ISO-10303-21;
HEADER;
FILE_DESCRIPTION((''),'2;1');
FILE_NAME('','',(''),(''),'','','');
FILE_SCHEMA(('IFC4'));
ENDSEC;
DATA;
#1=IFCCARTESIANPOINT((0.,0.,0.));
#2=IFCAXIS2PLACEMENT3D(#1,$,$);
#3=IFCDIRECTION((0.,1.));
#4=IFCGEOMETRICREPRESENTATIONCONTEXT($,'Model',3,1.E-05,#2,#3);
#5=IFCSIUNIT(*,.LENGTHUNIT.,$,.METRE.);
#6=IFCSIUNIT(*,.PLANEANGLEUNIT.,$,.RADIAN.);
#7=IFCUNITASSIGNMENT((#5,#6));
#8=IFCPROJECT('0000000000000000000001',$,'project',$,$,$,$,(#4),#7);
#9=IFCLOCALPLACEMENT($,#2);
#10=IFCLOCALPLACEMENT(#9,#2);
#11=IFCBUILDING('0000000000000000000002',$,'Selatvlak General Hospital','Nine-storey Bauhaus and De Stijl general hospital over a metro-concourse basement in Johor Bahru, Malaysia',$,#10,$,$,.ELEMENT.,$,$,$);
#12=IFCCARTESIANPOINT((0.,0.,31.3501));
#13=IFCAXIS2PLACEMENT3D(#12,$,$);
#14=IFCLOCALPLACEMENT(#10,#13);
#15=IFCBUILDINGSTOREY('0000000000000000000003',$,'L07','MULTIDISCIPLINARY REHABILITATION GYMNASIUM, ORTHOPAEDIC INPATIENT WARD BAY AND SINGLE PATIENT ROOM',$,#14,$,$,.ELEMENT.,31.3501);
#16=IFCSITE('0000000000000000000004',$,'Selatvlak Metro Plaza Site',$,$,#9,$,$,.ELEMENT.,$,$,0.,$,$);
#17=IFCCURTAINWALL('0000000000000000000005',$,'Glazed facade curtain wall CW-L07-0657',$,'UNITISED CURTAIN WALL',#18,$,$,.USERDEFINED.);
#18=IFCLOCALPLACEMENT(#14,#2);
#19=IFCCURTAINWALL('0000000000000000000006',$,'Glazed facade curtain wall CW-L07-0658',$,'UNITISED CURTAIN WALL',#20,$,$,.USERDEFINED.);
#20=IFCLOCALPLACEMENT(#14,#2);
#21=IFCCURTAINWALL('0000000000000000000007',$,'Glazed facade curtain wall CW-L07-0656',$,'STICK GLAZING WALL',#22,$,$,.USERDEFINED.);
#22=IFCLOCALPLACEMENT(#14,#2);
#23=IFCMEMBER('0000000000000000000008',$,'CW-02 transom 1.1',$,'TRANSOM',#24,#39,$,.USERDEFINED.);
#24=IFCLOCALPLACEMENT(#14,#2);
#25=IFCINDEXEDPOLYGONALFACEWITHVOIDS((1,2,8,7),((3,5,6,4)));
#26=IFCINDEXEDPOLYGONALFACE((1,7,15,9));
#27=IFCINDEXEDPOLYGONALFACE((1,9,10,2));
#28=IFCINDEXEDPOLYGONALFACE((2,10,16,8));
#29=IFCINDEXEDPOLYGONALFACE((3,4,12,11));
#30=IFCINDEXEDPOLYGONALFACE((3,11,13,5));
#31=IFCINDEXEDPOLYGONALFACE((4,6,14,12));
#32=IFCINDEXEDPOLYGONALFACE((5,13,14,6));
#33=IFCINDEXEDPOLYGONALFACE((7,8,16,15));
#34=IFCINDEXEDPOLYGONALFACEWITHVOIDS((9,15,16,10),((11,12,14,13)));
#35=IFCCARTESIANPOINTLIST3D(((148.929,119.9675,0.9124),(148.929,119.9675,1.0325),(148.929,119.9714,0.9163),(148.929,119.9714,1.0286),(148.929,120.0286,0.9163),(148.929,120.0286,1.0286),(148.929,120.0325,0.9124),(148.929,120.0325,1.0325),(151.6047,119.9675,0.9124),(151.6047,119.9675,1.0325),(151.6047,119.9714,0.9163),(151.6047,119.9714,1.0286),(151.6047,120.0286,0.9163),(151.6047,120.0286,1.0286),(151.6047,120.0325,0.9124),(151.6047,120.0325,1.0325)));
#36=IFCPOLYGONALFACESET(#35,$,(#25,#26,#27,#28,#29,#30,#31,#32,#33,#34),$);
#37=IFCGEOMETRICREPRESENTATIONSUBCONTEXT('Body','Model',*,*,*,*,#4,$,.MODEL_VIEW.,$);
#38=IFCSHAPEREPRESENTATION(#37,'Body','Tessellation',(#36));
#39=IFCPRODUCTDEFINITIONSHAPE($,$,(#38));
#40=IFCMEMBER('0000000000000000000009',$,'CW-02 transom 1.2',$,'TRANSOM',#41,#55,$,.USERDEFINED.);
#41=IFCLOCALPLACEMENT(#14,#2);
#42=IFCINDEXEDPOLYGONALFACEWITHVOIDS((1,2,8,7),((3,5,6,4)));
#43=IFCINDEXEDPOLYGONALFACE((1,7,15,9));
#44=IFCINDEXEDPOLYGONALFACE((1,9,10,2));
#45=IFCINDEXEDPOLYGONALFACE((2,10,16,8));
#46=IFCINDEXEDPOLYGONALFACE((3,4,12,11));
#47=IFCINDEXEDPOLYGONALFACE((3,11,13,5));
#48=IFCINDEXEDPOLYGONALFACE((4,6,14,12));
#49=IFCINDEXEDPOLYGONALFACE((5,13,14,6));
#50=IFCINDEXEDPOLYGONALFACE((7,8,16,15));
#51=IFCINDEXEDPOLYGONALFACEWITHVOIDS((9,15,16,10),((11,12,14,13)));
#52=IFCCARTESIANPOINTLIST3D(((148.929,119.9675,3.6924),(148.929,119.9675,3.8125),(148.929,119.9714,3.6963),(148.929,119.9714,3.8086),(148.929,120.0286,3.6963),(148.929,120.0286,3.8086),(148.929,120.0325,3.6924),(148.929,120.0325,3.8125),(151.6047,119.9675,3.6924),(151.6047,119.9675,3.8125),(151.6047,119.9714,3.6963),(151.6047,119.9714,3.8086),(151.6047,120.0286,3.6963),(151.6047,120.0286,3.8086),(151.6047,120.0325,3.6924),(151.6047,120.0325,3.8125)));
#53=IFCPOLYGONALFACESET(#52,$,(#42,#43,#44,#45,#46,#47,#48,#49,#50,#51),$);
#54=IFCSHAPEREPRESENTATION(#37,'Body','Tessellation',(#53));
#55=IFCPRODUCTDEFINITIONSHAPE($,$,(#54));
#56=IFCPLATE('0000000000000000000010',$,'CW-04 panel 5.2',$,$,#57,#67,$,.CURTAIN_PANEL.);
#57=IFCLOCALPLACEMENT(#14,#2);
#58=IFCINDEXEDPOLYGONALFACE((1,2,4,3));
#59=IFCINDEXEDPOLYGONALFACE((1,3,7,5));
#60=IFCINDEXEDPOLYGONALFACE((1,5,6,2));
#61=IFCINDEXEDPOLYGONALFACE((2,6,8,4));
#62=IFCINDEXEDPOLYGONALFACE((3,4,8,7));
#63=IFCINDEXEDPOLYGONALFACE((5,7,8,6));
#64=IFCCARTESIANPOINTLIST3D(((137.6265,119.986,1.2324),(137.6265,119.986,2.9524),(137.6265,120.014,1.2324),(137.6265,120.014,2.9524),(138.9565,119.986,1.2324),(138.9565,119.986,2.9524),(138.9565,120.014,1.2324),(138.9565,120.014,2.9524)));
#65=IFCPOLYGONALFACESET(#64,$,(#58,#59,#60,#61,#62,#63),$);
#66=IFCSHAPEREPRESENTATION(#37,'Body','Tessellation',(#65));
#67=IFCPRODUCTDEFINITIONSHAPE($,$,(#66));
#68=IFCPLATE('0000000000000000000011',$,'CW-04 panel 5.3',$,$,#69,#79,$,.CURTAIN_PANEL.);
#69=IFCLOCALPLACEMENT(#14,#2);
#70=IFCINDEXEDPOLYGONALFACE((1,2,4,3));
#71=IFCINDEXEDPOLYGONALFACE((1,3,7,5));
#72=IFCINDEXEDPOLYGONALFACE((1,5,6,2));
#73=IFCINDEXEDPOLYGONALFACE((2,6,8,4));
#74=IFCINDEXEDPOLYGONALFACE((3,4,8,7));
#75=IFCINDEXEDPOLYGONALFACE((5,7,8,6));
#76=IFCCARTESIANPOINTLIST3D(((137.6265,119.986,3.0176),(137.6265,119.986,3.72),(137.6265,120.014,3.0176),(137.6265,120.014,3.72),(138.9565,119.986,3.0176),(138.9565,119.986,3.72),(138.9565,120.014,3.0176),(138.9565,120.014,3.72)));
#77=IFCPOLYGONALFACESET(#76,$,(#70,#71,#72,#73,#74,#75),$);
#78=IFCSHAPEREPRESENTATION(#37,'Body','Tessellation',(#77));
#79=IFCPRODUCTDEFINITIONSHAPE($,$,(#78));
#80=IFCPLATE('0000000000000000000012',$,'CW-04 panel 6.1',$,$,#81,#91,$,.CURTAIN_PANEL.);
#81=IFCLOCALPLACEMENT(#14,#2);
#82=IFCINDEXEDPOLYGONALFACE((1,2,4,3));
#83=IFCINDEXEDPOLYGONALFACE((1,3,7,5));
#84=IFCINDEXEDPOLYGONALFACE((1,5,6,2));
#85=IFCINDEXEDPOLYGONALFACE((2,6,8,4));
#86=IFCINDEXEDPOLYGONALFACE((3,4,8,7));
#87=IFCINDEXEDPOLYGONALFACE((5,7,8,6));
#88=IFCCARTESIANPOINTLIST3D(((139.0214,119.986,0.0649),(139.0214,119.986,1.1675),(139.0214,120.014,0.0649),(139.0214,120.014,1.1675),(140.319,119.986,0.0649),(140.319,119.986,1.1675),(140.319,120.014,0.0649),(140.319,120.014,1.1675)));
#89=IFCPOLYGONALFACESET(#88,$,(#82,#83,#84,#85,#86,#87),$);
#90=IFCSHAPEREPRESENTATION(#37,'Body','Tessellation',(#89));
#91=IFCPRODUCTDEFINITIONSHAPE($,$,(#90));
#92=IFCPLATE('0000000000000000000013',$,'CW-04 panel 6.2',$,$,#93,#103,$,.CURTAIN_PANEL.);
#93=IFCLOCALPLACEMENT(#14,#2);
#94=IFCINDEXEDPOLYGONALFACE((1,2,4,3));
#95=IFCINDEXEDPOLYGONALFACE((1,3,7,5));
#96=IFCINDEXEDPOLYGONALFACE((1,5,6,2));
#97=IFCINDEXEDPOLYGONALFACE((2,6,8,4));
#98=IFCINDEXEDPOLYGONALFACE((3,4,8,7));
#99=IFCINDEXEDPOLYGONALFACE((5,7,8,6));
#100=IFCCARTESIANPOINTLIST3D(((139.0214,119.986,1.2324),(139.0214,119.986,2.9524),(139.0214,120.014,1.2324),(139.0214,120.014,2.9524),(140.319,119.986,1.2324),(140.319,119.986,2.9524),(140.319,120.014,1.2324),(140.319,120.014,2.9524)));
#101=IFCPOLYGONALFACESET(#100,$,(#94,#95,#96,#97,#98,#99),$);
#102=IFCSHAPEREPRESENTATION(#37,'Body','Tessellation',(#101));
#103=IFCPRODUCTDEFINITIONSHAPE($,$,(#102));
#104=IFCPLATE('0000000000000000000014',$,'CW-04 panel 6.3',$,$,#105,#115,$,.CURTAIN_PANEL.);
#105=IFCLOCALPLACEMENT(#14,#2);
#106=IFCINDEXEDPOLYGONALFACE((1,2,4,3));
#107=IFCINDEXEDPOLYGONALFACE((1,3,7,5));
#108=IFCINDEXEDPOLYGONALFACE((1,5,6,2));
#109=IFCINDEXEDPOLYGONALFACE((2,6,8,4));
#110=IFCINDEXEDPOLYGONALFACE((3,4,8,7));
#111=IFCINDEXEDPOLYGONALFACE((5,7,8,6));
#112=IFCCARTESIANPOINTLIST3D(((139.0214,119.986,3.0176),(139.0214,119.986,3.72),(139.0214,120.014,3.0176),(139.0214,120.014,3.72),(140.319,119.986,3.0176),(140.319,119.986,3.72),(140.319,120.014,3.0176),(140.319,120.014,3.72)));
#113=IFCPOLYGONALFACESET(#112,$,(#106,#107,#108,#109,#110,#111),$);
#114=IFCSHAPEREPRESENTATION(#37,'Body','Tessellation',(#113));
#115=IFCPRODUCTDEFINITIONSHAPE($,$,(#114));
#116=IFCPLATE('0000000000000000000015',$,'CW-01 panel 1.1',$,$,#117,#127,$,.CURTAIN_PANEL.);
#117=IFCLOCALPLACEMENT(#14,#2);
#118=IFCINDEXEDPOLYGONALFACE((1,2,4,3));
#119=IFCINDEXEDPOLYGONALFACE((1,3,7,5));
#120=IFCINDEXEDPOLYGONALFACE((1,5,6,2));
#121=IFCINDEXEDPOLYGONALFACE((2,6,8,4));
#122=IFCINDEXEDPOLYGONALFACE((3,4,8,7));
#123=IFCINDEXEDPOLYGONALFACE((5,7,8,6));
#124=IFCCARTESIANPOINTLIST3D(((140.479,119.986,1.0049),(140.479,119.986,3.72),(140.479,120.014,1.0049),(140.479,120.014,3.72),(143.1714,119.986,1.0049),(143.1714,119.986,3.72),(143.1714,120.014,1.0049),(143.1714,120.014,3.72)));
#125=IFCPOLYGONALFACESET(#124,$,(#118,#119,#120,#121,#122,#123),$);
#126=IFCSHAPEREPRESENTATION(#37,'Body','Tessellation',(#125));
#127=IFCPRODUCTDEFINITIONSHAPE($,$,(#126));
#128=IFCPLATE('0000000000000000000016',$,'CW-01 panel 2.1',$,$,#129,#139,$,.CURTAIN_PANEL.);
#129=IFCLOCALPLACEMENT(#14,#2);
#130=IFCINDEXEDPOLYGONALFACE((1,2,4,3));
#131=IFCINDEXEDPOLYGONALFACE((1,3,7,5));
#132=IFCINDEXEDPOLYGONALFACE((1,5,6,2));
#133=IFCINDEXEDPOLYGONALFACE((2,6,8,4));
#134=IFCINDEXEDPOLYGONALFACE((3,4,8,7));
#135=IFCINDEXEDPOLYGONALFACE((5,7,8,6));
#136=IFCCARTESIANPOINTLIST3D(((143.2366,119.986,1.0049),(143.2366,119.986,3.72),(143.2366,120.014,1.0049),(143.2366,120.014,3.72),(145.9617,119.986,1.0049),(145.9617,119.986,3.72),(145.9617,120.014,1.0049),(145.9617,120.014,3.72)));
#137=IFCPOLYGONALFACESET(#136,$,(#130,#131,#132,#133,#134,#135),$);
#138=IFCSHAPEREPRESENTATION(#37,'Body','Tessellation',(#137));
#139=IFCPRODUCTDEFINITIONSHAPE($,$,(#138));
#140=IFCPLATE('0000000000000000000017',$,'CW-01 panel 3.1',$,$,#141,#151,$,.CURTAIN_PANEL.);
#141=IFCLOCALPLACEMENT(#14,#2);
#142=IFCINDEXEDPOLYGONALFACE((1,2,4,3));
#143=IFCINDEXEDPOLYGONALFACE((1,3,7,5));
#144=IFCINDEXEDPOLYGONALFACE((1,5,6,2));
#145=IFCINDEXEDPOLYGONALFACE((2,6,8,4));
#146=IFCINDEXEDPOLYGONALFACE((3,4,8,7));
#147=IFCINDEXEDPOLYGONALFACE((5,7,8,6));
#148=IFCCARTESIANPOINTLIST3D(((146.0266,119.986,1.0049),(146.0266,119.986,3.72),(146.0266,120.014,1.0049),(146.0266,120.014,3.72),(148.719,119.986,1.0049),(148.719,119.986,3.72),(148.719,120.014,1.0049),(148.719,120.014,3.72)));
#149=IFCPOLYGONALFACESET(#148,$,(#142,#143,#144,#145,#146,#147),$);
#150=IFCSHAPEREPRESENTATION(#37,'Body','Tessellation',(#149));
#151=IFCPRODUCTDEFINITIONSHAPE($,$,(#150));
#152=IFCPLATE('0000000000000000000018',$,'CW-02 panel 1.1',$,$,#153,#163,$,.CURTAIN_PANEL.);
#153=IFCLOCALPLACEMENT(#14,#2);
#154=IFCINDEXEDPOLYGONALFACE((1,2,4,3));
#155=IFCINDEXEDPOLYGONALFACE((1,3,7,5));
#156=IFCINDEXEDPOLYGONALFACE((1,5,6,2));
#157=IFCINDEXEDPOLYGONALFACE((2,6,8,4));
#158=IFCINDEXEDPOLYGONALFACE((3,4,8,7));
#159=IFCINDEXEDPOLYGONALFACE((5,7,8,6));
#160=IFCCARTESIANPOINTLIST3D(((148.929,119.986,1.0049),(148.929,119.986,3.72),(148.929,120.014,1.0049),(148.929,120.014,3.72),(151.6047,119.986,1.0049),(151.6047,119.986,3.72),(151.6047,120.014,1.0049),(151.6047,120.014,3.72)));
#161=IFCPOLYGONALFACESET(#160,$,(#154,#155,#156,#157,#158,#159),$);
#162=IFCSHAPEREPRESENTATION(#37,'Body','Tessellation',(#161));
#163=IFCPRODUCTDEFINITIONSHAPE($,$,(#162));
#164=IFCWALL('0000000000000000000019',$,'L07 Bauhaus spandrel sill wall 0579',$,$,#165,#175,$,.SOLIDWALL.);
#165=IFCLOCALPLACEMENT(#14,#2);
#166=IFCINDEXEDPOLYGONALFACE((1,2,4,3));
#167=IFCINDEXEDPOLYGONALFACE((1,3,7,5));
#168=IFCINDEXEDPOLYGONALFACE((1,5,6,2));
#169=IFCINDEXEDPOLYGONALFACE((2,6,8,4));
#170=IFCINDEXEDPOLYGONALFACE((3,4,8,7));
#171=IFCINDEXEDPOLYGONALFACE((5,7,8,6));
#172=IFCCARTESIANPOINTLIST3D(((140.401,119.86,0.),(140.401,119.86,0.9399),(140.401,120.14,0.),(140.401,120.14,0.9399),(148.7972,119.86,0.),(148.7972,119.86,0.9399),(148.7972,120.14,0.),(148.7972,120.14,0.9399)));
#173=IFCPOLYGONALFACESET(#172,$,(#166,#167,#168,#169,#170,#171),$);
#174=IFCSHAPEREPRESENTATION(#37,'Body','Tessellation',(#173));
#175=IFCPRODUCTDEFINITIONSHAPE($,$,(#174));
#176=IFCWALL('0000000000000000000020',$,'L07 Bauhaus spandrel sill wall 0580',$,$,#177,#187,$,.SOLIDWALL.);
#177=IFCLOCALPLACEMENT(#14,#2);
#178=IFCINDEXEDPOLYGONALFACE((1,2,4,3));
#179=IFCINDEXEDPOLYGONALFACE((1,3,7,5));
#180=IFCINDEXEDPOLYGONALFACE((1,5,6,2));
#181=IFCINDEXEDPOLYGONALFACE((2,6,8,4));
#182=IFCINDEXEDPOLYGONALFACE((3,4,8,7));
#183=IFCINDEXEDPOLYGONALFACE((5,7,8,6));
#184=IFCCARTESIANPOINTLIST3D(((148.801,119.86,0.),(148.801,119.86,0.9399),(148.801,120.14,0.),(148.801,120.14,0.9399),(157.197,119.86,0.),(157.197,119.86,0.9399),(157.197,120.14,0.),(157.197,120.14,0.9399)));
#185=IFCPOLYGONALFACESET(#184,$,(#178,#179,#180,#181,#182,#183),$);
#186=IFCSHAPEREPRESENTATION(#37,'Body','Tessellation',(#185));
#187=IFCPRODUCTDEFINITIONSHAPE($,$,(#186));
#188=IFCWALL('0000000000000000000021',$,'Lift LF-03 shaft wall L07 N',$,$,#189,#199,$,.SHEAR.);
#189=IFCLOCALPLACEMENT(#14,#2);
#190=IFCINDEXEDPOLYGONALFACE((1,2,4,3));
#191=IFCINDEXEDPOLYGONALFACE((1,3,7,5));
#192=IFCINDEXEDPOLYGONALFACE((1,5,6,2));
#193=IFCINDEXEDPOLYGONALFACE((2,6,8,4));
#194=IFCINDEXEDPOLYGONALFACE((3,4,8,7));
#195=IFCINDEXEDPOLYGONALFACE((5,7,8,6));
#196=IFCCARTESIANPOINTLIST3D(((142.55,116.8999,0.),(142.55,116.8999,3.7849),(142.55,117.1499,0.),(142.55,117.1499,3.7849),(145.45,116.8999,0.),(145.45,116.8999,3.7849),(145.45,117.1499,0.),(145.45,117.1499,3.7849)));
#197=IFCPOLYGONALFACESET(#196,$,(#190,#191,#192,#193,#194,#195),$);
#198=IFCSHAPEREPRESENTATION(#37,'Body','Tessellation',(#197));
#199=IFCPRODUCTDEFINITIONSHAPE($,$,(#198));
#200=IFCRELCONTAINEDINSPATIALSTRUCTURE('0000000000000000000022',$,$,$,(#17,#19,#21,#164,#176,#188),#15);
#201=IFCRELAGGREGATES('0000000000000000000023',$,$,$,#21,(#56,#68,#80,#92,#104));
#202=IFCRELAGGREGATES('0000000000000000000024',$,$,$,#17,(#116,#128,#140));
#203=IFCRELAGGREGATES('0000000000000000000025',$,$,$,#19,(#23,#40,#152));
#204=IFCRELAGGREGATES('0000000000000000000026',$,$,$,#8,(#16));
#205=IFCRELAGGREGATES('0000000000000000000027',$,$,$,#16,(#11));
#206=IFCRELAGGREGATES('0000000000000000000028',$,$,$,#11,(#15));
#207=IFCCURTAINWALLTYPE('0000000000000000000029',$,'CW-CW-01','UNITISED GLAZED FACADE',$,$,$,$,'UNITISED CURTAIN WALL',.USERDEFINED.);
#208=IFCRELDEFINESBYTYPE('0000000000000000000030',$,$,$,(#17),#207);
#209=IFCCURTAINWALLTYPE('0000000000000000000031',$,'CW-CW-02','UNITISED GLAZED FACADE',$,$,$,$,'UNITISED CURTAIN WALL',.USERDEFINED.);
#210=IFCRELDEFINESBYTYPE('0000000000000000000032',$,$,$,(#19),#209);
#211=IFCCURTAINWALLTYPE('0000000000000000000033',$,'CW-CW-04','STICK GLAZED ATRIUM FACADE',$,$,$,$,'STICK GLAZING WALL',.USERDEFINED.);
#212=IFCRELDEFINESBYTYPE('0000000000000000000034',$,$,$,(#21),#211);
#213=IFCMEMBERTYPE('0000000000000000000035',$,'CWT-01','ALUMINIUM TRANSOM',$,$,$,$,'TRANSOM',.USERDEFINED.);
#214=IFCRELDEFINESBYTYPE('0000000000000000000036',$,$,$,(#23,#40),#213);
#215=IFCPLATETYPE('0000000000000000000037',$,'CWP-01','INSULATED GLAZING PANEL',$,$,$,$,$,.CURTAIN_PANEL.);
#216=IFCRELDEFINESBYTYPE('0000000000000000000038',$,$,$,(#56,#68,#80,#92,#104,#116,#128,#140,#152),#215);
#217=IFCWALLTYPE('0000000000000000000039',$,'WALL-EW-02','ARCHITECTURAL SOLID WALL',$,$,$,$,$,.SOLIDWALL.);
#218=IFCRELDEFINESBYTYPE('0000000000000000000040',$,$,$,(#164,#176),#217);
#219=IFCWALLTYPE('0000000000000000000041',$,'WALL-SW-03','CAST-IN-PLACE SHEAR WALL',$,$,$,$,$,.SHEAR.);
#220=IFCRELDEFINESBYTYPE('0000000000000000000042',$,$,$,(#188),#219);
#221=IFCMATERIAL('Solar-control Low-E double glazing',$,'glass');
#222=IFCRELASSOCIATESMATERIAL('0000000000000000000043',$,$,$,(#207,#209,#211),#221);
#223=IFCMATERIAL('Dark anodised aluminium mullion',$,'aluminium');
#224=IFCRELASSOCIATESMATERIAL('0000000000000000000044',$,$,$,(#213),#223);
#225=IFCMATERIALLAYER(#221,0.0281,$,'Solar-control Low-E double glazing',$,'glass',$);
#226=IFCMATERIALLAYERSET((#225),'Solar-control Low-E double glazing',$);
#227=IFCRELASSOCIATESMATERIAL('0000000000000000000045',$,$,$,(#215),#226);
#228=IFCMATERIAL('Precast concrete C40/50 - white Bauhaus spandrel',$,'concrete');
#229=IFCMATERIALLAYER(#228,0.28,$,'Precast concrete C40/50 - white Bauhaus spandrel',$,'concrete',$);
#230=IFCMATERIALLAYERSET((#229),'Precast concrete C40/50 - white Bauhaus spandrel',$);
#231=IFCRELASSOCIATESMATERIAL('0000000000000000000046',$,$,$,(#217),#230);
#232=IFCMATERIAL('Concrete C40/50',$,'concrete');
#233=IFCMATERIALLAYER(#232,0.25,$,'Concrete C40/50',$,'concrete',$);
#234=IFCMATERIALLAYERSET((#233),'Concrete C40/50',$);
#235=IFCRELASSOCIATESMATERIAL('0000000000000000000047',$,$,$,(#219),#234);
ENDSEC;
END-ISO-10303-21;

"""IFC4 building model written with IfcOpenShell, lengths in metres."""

from ifc_helpers import new_model, si_unit, direction, frame, frame_2d, origin, origin_2d, place, context, subcontext, project, spatial, rectangle, hollow_rectangle, extrude, material, layer, layer_set, material_profile, profile_set, type_object, element, aggregate, save


model = new_model("IFC4")

# Units and contexts
model_context = context("Model", 3, precision=1e-05, world=origin(), true_north=direction((0.0, 1.0)))
body_context = subcontext(model_context, "Body", "Model", "MODEL_VIEW")
ifc_project = project(units=[si_unit("LENGTHUNIT", "METRE"), si_unit("PLANEANGLEUNIT", "RADIAN")], contexts=[model_context])

# Site, building, storey
site_placement = place(None, origin())
site = spatial("IfcSite", under=ifc_project, at=site_placement, Name="Selatvlak Metro Plaza Site", CompositionType="ELEMENT", RefElevation=0.0)
building_placement = place(site_placement, origin())
building = spatial("IfcBuilding", under=site, at=building_placement, Name="Selatvlak General Hospital", Description="Nine-storey Bauhaus and De Stijl general hospital over a metro-concourse basement in Johor Bahru, Malaysia", CompositionType="ELEMENT")
storey_placement = place(building_placement, frame((0.0, 0.0, 31.3501)))
storey = spatial("IfcBuildingStorey", under=building, at=storey_placement, Name="L07", Description="MULTIDISCIPLINARY REHABILITATION GYMNASIUM, ORTHOPAEDIC INPATIENT WARD BAY AND SINGLE PATIENT ROOM", CompositionType="ELEMENT", Elevation=31.3501)

# Shared definitions
ifc_material_1 = material(Name="Concrete C40/50", Category="concrete")

# Curtain wall
ifc_material_2 = material(Name="Solar-control Low-E double glazing", Category="glass")
curtain_wall_type_1 = type_object("IfcCurtainWallType", Name="CW-CW-01", Description="UNITISED GLAZED FACADE", ElementType="UNITISED CURTAIN WALL", PredefinedType="USERDEFINED", material=ifc_material_2)
curtain_wall_1_placement = place(storey_placement, origin())
curtain_wall_1 = element("IfcCurtainWall", 1, at=curtain_wall_1_placement, inside=storey, type_object=curtain_wall_type_1, Name="Glazed facade curtain wall CW-L07-0657", ObjectType="UNITISED CURTAIN WALL", PredefinedType="USERDEFINED")
ifc_material_3 = material(Name="Dark anodised aluminium mullion", Category="aluminium")

# Curtain wall
curtain_wall_type_2 = type_object("IfcCurtainWallType", Name="CW-CW-02", Description="UNITISED GLAZED FACADE", ElementType="UNITISED CURTAIN WALL", PredefinedType="USERDEFINED", material=ifc_material_2)
curtain_wall_2_placement = place(storey_placement, origin())
curtain_wall_2 = element("IfcCurtainWall", 2, at=curtain_wall_2_placement, inside=storey, type_object=curtain_wall_type_2, Name="Glazed facade curtain wall CW-L07-0658", ObjectType="UNITISED CURTAIN WALL", PredefinedType="USERDEFINED")

# Curtain wall
curtain_wall_type_3 = type_object("IfcCurtainWallType", Name="CW-CW-04", Description="STICK GLAZED ATRIUM FACADE", ElementType="STICK GLAZING WALL", PredefinedType="USERDEFINED", material=ifc_material_2)
curtain_wall_3_placement = place(storey_placement, origin())
curtain_wall_3 = element("IfcCurtainWall", 3, at=curtain_wall_3_placement, inside=storey, type_object=curtain_wall_type_3, Name="Glazed facade curtain wall CW-L07-0656", ObjectType="STICK GLAZING WALL", PredefinedType="USERDEFINED")
ifc_material_profile_1 = material_profile(ifc_material_3, hollow_rectangle(XDim=0.0649, YDim=0.1201, WallThickness=0.0039, at=origin_2d()), Name="AL-TRN 65x120x4")
ifc_profile_set_1 = profile_set([ifc_material_profile_1], Name="Dark anodised aluminium mullion")
member_type_1 = type_object("IfcMemberType", Name="CWT-01", Description="ALUMINIUM TRANSOM", ElementType="TRANSOM", PredefinedType="USERDEFINED", material=ifc_profile_set_1)

# Members
member_1_placement = place(storey_placement, frame((148.929, 120.0, 0.9724), z_axis=(1.0, 0.0, 0.0), x_axis=(0.0, 1.0, 0.0)))
member_1 = element("IfcMember", 4, at=member_1_placement, type_object=member_type_1, Name="CW-02 transom 1.1", ObjectType="TRANSOM", PredefinedType="USERDEFINED", context=body_context, shape_type="SweptSolid", body=[
    extrude(hollow_rectangle(XDim=0.0649, YDim=0.1201, WallThickness=0.0039, at=origin_2d()), origin(), (0.0, 0.0, 1.0), 2.6758),
])
member_2_placement = place(storey_placement, frame((148.929, 120.0, 3.7524), z_axis=(1.0, 0.0, 0.0), x_axis=(0.0, 1.0, 0.0)))
member_2 = element("IfcMember", 5, at=member_2_placement, type_object=member_type_1, Name="CW-02 transom 1.2", ObjectType="TRANSOM", PredefinedType="USERDEFINED", context=body_context, shape_type="SweptSolid", body=[
    extrude(hollow_rectangle(XDim=0.0649, YDim=0.1201, WallThickness=0.0039, at=origin_2d()), origin(), (0.0, 0.0, 1.0), 2.6758),
])

# Plates
ifc_layer_1 = layer(ifc_material_2, 0.0281, Name="Solar-control Low-E double glazing", Category="glass")
ifc_layer_set_1 = layer_set([ifc_layer_1], Name="Solar-control Low-E double glazing")
plate_type = type_object("IfcPlateType", Name="CWP-01", Description="INSULATED GLAZING PANEL", PredefinedType="CURTAIN_PANEL", material=ifc_layer_set_1)
plate_1_placement = place(storey_placement, frame((138.2915, 120.0, 1.2324), z_axis=(0.0, 0.0, 1.0), x_axis=(1.0, 0.0, 0.0)))
plate_1 = element("IfcPlate", 6, at=plate_1_placement, type_object=plate_type, Name="CW-04 panel 5.2", PredefinedType="CURTAIN_PANEL", context=body_context, shape_type="SweptSolid", body=[
    extrude(rectangle(XDim=1.3301, YDim=0.0281, at=origin_2d()), origin(), (0.0, 0.0, 1.0), 1.72),
])
plate_2_placement = place(storey_placement, frame((138.2915, 120.0, 3.0176), z_axis=(0.0, 0.0, 1.0), x_axis=(1.0, 0.0, 0.0)))
plate_2 = element("IfcPlate", 7, at=plate_2_placement, type_object=plate_type, Name="CW-04 panel 5.3", PredefinedType="CURTAIN_PANEL", context=body_context, shape_type="SweptSolid", body=[
    extrude(rectangle(XDim=1.3301, YDim=0.0281, at=origin_2d()), origin(), (0.0, 0.0, 1.0), 0.7024),
])
plate_3_placement = place(storey_placement, frame((139.6702, 120.0, 0.0649), z_axis=(0.0, 0.0, 1.0), x_axis=(1.0, 0.0, 0.0)))
plate_3 = element("IfcPlate", 8, at=plate_3_placement, type_object=plate_type, Name="CW-04 panel 6.1", PredefinedType="CURTAIN_PANEL", context=body_context, shape_type="SweptSolid", body=[
    extrude(rectangle(XDim=1.2976, YDim=0.0281, at=origin_2d()), origin(), (0.0, 0.0, 1.0), 1.1025),
])
plate_4_placement = place(storey_placement, frame((139.6702, 120.0, 1.2324), z_axis=(0.0, 0.0, 1.0), x_axis=(1.0, 0.0, 0.0)))
plate_4 = element("IfcPlate", 9, at=plate_4_placement, type_object=plate_type, Name="CW-04 panel 6.2", PredefinedType="CURTAIN_PANEL", context=body_context, shape_type="SweptSolid", body=[
    extrude(rectangle(XDim=1.2976, YDim=0.0281, at=origin_2d()), origin(), (0.0, 0.0, 1.0), 1.72),
])
plate_5_placement = place(storey_placement, frame((139.6702, 120.0, 3.0176), z_axis=(0.0, 0.0, 1.0), x_axis=(1.0, 0.0, 0.0)))
plate_5 = element("IfcPlate", 10, at=plate_5_placement, type_object=plate_type, Name="CW-04 panel 6.3", PredefinedType="CURTAIN_PANEL", context=body_context, shape_type="SweptSolid", body=[
    extrude(rectangle(XDim=1.2976, YDim=0.0281, at=origin_2d()), origin(), (0.0, 0.0, 1.0), 0.7024),
])
aggregate(curtain_wall_3, [plate_1, plate_2, plate_3, plate_4, plate_5])
plate_6_placement = place(storey_placement, frame((141.8252, 120.0, 1.0049), z_axis=(0.0, 0.0, 1.0), x_axis=(1.0, 0.0, 0.0)))
plate_6 = element("IfcPlate", 11, at=plate_6_placement, type_object=plate_type, Name="CW-01 panel 1.1", PredefinedType="CURTAIN_PANEL", context=body_context, shape_type="SweptSolid", body=[
    extrude(rectangle(XDim=2.6924, YDim=0.0281, at=origin_2d()), origin(), (0.0, 0.0, 1.0), 2.7151),
])
plate_7_placement = place(storey_placement, frame((144.5991, 120.0, 1.0049), z_axis=(0.0, 0.0, 1.0), x_axis=(1.0, 0.0, 0.0)))
plate_7 = element("IfcPlate", 12, at=plate_7_placement, type_object=plate_type, Name="CW-01 panel 2.1", PredefinedType="CURTAIN_PANEL", context=body_context, shape_type="SweptSolid", body=[
    extrude(rectangle(XDim=2.7251, YDim=0.0281, at=origin_2d()), origin(), (0.0, 0.0, 1.0), 2.7151),
])
plate_8_placement = place(storey_placement, frame((147.3728, 120.0, 1.0049), z_axis=(0.0, 0.0, 1.0), x_axis=(1.0, 0.0, 0.0)))
plate_8 = element("IfcPlate", 13, at=plate_8_placement, type_object=plate_type, Name="CW-01 panel 3.1", PredefinedType="CURTAIN_PANEL", context=body_context, shape_type="SweptSolid", body=[
    extrude(rectangle(XDim=2.6924, YDim=0.0281, at=origin_2d()), origin(), (0.0, 0.0, 1.0), 2.7151),
])
aggregate(curtain_wall_1, [plate_6, plate_7, plate_8])
plate_9_placement = place(storey_placement, frame((150.2668, 120.0, 1.0049), z_axis=(0.0, 0.0, 1.0), x_axis=(1.0, 0.0, 0.0)))
plate_9 = element("IfcPlate", 14, at=plate_9_placement, type_object=plate_type, Name="CW-02 panel 1.1", PredefinedType="CURTAIN_PANEL", context=body_context, shape_type="SweptSolid", body=[
    extrude(rectangle(XDim=2.6758, YDim=0.0281, at=origin_2d()), origin(), (0.0, 0.0, 1.0), 2.7151),
])
aggregate(curtain_wall_2, [member_1, member_2, plate_9])

# Walls
ifc_material_4 = material(Name="Precast concrete C40/50 - white Bauhaus spandrel", Category="concrete")
ifc_layer_2 = layer(ifc_material_4, 0.28, Name="Precast concrete C40/50 - white Bauhaus spandrel", Category="concrete")
ifc_layer_set_2 = layer_set([ifc_layer_2], Name="Precast concrete C40/50 - white Bauhaus spandrel")
wall_type_1 = type_object("IfcWallType", Name="WALL-EW-02", Description="ARCHITECTURAL SOLID WALL", PredefinedType="SOLIDWALL", material=ifc_layer_set_2)
wall_1_placement = place(storey_placement, frame((140.4009, 120.0, 0.0), z_axis=(0.0, 0.0, 1.0), x_axis=(1.0, 0.0, 0.0)))
element("IfcWall", 15, at=wall_1_placement, inside=storey, type_object=wall_type_1, Name="L07 Bauhaus spandrel sill wall 0579", PredefinedType="SOLIDWALL", context=body_context, shape_type="SweptSolid", body=[
    extrude(rectangle(XDim=8.3962, YDim=0.28, at=frame_2d((4.1982, 0.0))), origin(), (0.0, 0.0, 1.0), 0.9399),
])
wall_2_placement = place(storey_placement, frame((148.801, 120.0, 0.0), z_axis=(0.0, 0.0, 1.0), x_axis=(1.0, 0.0, 0.0)))
element("IfcWall", 16, at=wall_2_placement, inside=storey, type_object=wall_type_1, Name="L07 Bauhaus spandrel sill wall 0580", PredefinedType="SOLIDWALL", context=body_context, shape_type="SweptSolid", body=[
    extrude(rectangle(XDim=8.396, YDim=0.28, at=frame_2d((4.198, 0.0))), origin(), (0.0, 0.0, 1.0), 0.9399),
])
ifc_layer_3 = layer(ifc_material_1, 0.25, Name="Concrete C40/50", Category="concrete")
ifc_layer_set_3 = layer_set([ifc_layer_3], Name="Concrete C40/50")
wall_type_2 = type_object("IfcWallType", Name="WALL-SW-03", Description="CAST-IN-PLACE SHEAR WALL", PredefinedType="SHEAR", material=ifc_layer_set_3)
wall_3_placement = place(storey_placement, frame((145.45, 117.0249, 0.0), z_axis=(0.0, 0.0, 1.0), x_axis=(-1.0, 0.0, 0.0)))
element("IfcWall", 17, at=wall_3_placement, inside=storey, type_object=wall_type_2, Name="Lift LF-03 shaft wall L07 N", PredefinedType="SHEAR", context=body_context, shape_type="SweptSolid", body=[
    extrude(rectangle(XDim=2.8999, YDim=0.25, at=frame_2d((1.45, 0.0))), origin(), (0.0, 0.0, 1.0), 3.7849),
])

save(model, "model.ifc")
